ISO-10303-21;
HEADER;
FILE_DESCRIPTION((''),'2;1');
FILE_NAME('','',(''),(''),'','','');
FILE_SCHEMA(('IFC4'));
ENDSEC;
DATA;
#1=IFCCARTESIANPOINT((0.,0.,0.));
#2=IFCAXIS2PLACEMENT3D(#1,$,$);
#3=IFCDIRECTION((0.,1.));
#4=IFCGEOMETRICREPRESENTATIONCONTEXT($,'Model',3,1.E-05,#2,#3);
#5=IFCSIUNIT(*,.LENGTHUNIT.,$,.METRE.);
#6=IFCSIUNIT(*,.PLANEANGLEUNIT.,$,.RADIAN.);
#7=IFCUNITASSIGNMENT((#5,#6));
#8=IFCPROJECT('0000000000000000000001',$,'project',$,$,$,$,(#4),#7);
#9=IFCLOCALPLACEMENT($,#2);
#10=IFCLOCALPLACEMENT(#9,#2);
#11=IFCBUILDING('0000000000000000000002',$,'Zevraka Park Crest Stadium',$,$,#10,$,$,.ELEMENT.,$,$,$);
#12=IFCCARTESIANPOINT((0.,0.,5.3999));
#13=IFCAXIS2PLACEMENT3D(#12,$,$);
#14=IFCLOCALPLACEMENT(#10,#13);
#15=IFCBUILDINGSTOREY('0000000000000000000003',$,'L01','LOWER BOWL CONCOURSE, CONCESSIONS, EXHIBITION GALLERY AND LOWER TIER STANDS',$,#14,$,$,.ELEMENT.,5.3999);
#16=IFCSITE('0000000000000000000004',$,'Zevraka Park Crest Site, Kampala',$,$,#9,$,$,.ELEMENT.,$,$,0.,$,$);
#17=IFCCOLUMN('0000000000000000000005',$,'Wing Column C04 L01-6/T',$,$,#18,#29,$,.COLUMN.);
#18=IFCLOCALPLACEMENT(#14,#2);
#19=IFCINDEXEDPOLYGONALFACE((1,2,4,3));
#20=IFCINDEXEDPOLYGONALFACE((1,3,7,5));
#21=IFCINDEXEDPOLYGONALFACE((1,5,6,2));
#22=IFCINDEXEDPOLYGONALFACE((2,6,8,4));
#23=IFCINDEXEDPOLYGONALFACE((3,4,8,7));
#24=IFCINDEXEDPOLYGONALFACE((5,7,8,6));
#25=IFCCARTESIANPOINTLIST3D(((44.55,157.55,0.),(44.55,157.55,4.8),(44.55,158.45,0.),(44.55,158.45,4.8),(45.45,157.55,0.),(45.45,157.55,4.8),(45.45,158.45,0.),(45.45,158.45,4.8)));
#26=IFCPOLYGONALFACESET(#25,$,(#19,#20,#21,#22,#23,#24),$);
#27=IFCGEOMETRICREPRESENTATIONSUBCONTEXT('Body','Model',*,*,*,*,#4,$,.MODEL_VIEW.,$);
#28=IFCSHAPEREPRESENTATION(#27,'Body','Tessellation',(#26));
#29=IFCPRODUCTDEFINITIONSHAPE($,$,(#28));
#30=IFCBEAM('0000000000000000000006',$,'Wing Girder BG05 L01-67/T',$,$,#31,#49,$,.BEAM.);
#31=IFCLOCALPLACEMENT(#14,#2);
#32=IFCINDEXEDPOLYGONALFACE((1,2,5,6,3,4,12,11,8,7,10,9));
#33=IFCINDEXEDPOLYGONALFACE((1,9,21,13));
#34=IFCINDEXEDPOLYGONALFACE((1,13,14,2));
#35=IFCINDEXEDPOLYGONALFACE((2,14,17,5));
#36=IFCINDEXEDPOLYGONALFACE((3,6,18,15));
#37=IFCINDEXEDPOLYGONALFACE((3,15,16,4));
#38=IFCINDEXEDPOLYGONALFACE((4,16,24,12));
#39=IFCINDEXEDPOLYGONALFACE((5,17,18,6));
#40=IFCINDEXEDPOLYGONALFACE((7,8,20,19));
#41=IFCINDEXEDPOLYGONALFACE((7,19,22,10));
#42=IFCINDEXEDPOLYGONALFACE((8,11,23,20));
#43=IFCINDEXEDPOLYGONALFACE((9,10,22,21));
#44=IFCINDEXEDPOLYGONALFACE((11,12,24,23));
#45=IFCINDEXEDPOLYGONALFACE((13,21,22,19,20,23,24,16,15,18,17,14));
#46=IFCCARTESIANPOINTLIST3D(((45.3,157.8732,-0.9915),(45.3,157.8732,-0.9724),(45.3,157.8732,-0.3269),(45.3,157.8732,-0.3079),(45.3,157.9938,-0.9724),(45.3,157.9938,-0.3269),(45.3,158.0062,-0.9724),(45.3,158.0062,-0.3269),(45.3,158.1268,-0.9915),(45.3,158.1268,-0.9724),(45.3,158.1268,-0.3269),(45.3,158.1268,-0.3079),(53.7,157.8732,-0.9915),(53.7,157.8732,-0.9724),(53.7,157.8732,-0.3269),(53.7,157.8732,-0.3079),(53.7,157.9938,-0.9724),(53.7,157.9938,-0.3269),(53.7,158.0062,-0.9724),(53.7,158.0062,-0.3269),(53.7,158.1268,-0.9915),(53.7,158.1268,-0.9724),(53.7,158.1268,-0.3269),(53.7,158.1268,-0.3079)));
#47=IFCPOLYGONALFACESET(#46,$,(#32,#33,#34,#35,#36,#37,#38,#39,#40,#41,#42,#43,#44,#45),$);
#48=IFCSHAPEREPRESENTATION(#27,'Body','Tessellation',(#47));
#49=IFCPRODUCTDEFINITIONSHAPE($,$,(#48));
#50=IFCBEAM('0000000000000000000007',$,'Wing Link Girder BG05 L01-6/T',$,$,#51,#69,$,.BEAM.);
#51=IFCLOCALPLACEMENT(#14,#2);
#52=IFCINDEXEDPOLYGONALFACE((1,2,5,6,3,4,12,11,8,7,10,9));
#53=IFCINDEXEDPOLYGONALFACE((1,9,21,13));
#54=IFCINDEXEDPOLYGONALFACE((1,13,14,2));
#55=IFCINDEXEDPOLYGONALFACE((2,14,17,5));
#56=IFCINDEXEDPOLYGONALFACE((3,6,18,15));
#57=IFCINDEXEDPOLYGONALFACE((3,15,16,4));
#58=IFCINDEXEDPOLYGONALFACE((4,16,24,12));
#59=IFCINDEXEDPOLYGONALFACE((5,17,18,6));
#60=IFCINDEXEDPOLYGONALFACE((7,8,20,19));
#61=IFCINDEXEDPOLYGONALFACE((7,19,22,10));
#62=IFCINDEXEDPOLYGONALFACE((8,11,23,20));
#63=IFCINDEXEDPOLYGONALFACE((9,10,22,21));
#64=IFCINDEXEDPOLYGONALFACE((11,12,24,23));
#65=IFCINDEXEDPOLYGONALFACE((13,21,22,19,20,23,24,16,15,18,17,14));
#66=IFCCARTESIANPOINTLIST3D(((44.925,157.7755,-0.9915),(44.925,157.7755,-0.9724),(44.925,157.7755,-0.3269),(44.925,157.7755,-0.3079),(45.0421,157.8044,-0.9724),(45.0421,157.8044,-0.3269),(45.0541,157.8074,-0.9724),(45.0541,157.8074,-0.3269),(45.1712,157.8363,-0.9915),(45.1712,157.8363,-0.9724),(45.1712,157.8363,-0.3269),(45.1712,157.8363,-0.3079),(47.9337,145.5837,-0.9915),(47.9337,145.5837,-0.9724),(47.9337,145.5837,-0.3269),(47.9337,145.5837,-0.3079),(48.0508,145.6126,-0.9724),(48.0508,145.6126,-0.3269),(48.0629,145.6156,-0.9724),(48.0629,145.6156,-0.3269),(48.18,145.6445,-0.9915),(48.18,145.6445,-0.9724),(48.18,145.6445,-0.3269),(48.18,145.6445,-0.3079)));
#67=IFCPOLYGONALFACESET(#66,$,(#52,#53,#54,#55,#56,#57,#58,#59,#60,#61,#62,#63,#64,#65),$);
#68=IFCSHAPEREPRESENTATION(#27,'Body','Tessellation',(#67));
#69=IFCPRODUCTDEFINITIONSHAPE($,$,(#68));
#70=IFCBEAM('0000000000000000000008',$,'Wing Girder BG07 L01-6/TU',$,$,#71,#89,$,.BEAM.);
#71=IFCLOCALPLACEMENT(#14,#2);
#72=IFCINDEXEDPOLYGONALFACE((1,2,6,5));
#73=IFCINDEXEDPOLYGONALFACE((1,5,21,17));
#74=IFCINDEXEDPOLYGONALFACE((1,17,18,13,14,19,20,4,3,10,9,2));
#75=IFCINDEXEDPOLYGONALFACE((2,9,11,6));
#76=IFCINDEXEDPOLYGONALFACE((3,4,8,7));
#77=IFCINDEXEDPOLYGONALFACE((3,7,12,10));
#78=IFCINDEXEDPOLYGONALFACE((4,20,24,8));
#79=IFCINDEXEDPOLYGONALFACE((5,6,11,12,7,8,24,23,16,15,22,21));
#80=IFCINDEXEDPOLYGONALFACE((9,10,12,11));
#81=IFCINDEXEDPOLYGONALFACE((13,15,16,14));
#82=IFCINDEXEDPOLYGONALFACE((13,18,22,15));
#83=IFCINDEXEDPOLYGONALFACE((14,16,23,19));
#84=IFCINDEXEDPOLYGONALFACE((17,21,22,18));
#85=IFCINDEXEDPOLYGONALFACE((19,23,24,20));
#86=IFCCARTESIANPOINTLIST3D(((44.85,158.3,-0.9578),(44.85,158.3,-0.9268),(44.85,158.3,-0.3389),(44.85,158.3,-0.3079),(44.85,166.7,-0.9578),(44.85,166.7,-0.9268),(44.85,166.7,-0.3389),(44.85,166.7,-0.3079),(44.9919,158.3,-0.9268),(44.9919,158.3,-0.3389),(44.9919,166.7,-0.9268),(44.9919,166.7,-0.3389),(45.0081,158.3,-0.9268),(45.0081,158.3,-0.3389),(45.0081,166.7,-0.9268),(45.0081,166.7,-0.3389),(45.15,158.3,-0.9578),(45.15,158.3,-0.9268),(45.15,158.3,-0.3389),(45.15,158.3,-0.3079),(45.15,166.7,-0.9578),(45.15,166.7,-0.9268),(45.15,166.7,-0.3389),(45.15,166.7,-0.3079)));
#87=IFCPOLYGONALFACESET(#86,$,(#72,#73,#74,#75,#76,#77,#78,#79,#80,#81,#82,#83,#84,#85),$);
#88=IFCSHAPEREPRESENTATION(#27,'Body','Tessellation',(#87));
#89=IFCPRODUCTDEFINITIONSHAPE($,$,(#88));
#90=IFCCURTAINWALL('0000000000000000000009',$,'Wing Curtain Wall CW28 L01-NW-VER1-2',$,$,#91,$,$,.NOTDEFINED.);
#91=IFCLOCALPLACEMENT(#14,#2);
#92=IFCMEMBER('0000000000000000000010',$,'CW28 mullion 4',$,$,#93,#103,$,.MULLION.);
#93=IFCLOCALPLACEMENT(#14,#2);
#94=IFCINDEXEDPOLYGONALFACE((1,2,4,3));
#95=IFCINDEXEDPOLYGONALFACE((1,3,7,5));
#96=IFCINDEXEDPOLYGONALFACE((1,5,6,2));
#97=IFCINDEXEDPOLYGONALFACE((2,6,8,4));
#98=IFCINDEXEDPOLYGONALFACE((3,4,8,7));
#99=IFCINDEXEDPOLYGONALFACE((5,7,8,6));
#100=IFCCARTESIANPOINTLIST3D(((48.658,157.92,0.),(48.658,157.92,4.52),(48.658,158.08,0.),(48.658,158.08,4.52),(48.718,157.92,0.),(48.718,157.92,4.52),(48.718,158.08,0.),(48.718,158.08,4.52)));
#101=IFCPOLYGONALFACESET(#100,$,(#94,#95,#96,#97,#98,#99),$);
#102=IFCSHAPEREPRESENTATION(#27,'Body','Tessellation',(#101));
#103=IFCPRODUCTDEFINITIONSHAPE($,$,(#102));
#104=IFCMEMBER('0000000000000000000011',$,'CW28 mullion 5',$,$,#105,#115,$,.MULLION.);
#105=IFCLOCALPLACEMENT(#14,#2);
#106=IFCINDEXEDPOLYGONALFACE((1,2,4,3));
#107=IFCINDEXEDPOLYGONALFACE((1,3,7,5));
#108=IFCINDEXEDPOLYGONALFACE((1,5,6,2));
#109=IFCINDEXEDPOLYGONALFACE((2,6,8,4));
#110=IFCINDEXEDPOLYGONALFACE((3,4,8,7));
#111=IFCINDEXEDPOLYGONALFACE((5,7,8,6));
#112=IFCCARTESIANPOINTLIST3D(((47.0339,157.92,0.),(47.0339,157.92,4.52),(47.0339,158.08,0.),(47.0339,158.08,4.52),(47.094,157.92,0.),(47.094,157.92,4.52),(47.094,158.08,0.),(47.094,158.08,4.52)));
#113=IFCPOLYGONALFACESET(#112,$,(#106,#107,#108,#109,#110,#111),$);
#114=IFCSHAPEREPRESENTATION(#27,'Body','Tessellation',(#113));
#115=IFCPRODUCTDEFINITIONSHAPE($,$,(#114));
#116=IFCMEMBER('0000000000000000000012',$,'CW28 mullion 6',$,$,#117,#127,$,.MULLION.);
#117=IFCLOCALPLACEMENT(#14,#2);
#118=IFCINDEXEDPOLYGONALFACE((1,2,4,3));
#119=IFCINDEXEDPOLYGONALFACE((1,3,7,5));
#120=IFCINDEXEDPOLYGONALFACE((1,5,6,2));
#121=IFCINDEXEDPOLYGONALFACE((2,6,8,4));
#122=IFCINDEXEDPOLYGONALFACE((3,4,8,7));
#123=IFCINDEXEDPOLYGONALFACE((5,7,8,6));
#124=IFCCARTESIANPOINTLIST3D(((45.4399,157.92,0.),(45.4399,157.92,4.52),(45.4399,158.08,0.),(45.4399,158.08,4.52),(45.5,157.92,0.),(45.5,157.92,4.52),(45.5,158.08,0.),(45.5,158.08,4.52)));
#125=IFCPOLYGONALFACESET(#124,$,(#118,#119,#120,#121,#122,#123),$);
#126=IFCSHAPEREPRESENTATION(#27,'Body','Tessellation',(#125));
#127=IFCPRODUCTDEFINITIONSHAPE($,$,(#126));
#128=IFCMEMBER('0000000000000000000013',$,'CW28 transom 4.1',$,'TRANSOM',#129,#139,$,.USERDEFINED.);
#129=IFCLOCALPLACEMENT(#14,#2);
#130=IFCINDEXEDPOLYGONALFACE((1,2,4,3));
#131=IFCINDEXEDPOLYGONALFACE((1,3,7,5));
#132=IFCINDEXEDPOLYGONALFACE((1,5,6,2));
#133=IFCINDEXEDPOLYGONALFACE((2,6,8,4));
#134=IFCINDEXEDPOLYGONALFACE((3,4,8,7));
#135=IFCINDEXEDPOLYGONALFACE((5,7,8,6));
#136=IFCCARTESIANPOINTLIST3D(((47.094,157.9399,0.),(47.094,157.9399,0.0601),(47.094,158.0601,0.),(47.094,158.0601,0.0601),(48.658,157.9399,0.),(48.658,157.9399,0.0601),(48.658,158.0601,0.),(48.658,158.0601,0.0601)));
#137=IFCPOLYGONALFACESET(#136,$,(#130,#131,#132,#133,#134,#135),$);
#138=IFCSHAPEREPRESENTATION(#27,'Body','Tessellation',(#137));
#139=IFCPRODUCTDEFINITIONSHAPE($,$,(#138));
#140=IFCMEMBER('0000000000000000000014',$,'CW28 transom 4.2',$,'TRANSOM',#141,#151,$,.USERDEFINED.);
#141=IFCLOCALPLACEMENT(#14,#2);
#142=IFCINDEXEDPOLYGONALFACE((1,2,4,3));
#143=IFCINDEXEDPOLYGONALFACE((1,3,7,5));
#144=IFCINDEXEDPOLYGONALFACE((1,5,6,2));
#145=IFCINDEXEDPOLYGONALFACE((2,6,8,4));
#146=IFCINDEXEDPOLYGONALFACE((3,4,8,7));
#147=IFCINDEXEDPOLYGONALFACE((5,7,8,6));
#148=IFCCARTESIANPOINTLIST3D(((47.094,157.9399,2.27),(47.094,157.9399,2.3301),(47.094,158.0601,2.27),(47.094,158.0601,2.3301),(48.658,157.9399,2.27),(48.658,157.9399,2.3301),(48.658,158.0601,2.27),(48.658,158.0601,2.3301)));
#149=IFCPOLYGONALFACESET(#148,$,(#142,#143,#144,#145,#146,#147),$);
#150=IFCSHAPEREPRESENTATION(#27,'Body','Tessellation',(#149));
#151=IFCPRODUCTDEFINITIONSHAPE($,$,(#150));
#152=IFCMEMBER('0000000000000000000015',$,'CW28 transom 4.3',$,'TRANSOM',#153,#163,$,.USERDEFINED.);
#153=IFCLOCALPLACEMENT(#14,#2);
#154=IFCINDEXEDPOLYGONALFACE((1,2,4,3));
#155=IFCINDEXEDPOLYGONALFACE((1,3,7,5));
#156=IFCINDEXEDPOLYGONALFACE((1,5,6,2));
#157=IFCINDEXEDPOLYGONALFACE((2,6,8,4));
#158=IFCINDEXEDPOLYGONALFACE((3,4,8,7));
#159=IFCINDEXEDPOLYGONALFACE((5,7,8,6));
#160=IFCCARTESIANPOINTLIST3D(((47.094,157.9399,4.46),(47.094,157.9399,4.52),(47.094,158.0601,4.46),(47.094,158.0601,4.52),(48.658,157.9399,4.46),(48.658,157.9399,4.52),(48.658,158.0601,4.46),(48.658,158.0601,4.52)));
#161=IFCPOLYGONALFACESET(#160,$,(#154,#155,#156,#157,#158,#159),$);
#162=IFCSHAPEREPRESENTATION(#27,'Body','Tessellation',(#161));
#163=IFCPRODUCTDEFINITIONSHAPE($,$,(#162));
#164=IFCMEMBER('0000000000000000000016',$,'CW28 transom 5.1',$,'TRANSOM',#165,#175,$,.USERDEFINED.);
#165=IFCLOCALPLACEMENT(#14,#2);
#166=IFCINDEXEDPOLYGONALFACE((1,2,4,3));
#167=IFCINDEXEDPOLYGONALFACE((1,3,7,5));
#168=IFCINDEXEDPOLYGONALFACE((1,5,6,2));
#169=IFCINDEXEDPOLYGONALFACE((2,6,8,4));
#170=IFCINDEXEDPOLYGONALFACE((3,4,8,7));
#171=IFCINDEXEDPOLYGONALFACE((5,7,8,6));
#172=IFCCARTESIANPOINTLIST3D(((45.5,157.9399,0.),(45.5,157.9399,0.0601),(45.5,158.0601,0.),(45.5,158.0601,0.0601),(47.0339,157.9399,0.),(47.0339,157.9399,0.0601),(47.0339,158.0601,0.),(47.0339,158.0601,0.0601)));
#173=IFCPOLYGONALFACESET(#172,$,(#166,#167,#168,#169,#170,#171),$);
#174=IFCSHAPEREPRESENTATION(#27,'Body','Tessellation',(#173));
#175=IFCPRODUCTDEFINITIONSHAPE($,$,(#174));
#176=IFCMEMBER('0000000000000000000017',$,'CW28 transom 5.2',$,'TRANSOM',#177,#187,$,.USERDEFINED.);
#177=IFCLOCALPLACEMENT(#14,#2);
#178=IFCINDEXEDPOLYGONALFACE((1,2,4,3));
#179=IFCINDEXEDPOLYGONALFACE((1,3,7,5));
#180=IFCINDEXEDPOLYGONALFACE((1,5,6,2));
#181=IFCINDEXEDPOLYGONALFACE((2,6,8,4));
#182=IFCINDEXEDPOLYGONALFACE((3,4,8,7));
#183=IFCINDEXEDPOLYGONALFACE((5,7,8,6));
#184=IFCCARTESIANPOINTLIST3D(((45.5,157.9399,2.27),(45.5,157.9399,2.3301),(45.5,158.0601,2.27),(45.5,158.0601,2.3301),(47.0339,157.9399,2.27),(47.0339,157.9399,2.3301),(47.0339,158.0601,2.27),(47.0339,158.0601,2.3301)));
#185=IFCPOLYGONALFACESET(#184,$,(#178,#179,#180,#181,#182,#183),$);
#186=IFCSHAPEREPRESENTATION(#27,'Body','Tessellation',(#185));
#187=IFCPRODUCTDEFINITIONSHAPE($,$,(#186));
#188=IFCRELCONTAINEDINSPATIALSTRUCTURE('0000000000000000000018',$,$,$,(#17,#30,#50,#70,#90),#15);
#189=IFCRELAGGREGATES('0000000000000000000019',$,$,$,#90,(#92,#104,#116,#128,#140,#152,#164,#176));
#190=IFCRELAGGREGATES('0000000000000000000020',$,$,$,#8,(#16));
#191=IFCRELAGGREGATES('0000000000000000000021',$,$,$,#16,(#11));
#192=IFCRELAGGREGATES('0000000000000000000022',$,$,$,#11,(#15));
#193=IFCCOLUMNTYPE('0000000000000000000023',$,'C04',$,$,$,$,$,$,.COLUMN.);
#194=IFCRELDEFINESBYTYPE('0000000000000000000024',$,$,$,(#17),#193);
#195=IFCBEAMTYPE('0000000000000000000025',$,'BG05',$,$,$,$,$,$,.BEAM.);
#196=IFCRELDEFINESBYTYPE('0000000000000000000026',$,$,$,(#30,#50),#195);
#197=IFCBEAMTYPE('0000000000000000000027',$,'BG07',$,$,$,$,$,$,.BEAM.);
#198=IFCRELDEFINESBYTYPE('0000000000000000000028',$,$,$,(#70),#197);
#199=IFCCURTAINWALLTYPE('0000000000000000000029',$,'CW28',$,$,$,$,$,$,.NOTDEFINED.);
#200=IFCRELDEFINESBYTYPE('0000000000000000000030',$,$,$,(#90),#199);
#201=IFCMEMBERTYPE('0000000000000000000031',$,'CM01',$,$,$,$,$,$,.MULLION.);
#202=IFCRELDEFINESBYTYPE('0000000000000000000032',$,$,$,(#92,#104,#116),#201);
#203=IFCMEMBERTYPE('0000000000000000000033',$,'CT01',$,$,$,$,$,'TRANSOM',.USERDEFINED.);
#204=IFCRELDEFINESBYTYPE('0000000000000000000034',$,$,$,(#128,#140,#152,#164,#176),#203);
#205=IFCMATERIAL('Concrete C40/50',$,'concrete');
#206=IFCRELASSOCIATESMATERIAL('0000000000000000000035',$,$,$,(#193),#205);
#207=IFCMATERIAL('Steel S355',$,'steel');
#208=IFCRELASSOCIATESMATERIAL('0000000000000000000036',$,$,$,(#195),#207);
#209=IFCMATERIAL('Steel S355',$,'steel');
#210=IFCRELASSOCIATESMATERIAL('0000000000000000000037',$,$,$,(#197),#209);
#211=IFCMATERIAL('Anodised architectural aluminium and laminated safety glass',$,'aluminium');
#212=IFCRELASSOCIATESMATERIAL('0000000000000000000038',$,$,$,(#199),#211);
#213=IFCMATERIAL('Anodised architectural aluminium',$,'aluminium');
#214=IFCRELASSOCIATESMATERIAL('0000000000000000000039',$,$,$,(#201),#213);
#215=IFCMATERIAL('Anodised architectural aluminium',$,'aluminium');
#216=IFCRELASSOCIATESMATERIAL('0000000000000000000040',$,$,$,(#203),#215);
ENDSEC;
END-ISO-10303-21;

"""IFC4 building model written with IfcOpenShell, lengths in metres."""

from ifc_helpers import new_model, si_unit, direction, frame, origin, origin_2d, place, context, subcontext, project, spatial, rectangle, i_section, extrude, material, material_profile, profile_set, type_object, element, aggregate, save


model = new_model("IFC4")

# Units and contexts
model_context = context("Model", 3, precision=1e-05, world=origin(), true_north=direction((0.0, 1.0)))
body_context = subcontext(model_context, "Body", "Model", "MODEL_VIEW")
ifc_project = project(units=[si_unit("LENGTHUNIT", "METRE"), si_unit("PLANEANGLEUNIT", "RADIAN")], contexts=[model_context])

# Site, building, storey
site_placement = place(None, origin())
site = spatial("IfcSite", under=ifc_project, at=site_placement, Name="Zevraka Park Crest Site, Kampala", CompositionType="ELEMENT", RefElevation=0.0)
building_placement = place(site_placement, origin())
building = spatial("IfcBuilding", under=site, at=building_placement, Name="Zevraka Park Crest Stadium", CompositionType="ELEMENT")
storey_placement = place(building_placement, frame((0.0, 0.0, 5.3999)))
storey = spatial("IfcBuildingStorey", under=building, at=storey_placement, Name="L01", Description="LOWER BOWL CONCOURSE, CONCESSIONS, EXHIBITION GALLERY AND LOWER TIER STANDS", CompositionType="ELEMENT", Elevation=5.3999)

# Column
ifc_material_1 = material(Name="Concrete C40/50", Category="concrete")
ifc_material_profile_1 = material_profile(ifc_material_1, rectangle(XDim=0.8999, YDim=0.8999, at=origin_2d()), Name="RC 900x900")
ifc_profile_set_1 = profile_set([ifc_material_profile_1], Name="Concrete C40/50")
column_type = type_object("IfcColumnType", Name="C04", PredefinedType="COLUMN", material=ifc_profile_set_1)
column_placement = place(storey_placement, frame((45.0, 158.0, 0.0), z_axis=(0.0, 0.0, 1.0), x_axis=(1.0, 0.0, 0.0)))
element("IfcColumn", 1, at=column_placement, inside=storey, type_object=column_type, Name="Wing Column C04 L01-6/T", PredefinedType="COLUMN", context=body_context, shape_type="SweptSolid", body=[
    extrude(rectangle(XDim=0.8999, YDim=0.8999, at=origin_2d()), origin(), (0.0, 0.0, 1.0), 4.8),
])

# Beams
ifc_material_2 = material(Name="Steel S355", Category="steel")
ifc_material_profile_2 = material_profile(ifc_material_2, i_section(OverallWidth=0.2537, OverallDepth=0.6836, WebThickness=0.0125, FlangeThickness=0.019, at=origin_2d()), Name="UKB 686x254x140")
ifc_profile_set_2 = profile_set([ifc_material_profile_2], Name="Steel S355")
beam_type_1 = type_object("IfcBeamType", Name="BG05", PredefinedType="BEAM", material=ifc_profile_set_2)
beam_1_placement = place(storey_placement, frame((45.3, 158.0, -0.6497), z_axis=(1.0, 0.0, 0.0), x_axis=(0.0, 1.0, 0.0)))
element("IfcBeam", 2, at=beam_1_placement, inside=storey, type_object=beam_type_1, Name="Wing Girder BG05 L01-67/T", PredefinedType="BEAM", context=body_context, shape_type="SweptSolid", body=[
    extrude(i_section(OverallWidth=0.2537, OverallDepth=0.6836, WebThickness=0.0125, FlangeThickness=0.019, at=origin_2d()), origin(), (0.0, 0.0, 1.0), 8.3999),
])
beam_2_placement = place(storey_placement, frame((45.0481, 157.8059, -0.6497), z_axis=(0.239598, -0.970872, 0.0), x_axis=(0.970872, 0.239598, 0.0)))
element("IfcBeam", 3, at=beam_2_placement, inside=storey, type_object=beam_type_1, Name="Wing Link Girder BG05 L01-6/T", PredefinedType="BEAM", context=body_context, shape_type="SweptSolid", body=[
    extrude(i_section(OverallWidth=0.2537, OverallDepth=0.6836, WebThickness=0.0125, FlangeThickness=0.019, at=origin_2d()), origin(), (0.0, 0.0, 1.0), 12.5576),
])
ifc_material_3 = material(Name="Steel S355", Category="steel")
ifc_material_profile_3 = material_profile(ifc_material_3, i_section(OverallWidth=0.3, OverallDepth=0.6499, WebThickness=0.0161, FlangeThickness=0.031, at=origin_2d()), Name="HEB 650")
ifc_profile_set_3 = profile_set([ifc_material_profile_3], Name="Steel S355")
beam_type_2 = type_object("IfcBeamType", Name="BG07", PredefinedType="BEAM", material=ifc_profile_set_3)
beam_3_placement = place(storey_placement, frame((45.0, 158.3, -0.6328), z_axis=(0.0, 1.0, 0.0), x_axis=(-1.0, 0.0, 0.0)))
element("IfcBeam", 4, at=beam_3_placement, inside=storey, type_object=beam_type_2, Name="Wing Girder BG07 L01-6/TU", PredefinedType="BEAM", context=body_context, shape_type="SweptSolid", body=[
    extrude(i_section(OverallWidth=0.3, OverallDepth=0.6499, WebThickness=0.0161, FlangeThickness=0.031, at=origin_2d()), origin(), (0.0, 0.0, 1.0), 8.3999),
])

# Curtain wall, members
ifc_material_4 = material(Name="Anodised architectural aluminium and laminated safety glass", Category="aluminium")
curtain_wall_type = type_object("IfcCurtainWallType", Name="CW28", PredefinedType="NOTDEFINED", material=ifc_material_4)
curtain_wall_placement = place(storey_placement, origin())
curtain_wall = element("IfcCurtainWall", 5, at=curtain_wall_placement, inside=storey, type_object=curtain_wall_type, Name="Wing Curtain Wall CW28 L01-NW-VER1-2", PredefinedType="NOTDEFINED")
ifc_material_5 = material(Name="Anodised architectural aluminium", Category="aluminium")
ifc_material_profile_4 = material_profile(ifc_material_5, rectangle(XDim=0.1599, YDim=0.0601, at=origin_2d()), Name="ALU MULLION 160x60")
ifc_profile_set_4 = profile_set([ifc_material_profile_4], Name="Anodised architectural aluminium")
member_type_1 = type_object("IfcMemberType", Name="CM01", PredefinedType="MULLION", material=ifc_profile_set_4)
member_1_placement = place(storey_placement, frame((48.688, 158.0, 0.0), z_axis=(0.0, 0.0, 1.0), x_axis=(0.0, -1.0, 0.0)))
member_1 = element("IfcMember", 6, at=member_1_placement, type_object=member_type_1, Name="CW28 mullion 4", PredefinedType="MULLION", context=body_context, shape_type="SweptSolid", body=[
    extrude(rectangle(XDim=0.1599, YDim=0.0601, at=origin_2d()), origin(), (0.0, 0.0, 1.0), 4.52),
])
member_2_placement = place(storey_placement, frame((47.064, 158.0, 0.0), z_axis=(0.0, 0.0, 1.0), x_axis=(0.0, -1.0, 0.0)))
member_2 = element("IfcMember", 7, at=member_2_placement, type_object=member_type_1, Name="CW28 mullion 5", PredefinedType="MULLION", context=body_context, shape_type="SweptSolid", body=[
    extrude(rectangle(XDim=0.1599, YDim=0.0601, at=origin_2d()), origin(), (0.0, 0.0, 1.0), 4.52),
])
member_3_placement = place(storey_placement, frame((45.47, 158.0, 0.0), z_axis=(0.0, 0.0, 1.0), x_axis=(0.0, -1.0, 0.0)))
member_3 = element("IfcMember", 8, at=member_3_placement, type_object=member_type_1, Name="CW28 mullion 6", PredefinedType="MULLION", context=body_context, shape_type="SweptSolid", body=[
    extrude(rectangle(XDim=0.1599, YDim=0.0601, at=origin_2d()), origin(), (0.0, 0.0, 1.0), 4.52),
])
ifc_material_6 = material(Name="Anodised architectural aluminium", Category="aluminium")
ifc_material_profile_5 = material_profile(ifc_material_6, rectangle(XDim=0.1201, YDim=0.0601, at=origin_2d()), Name="ALU TRANSOM 120x60")
ifc_profile_set_5 = profile_set([ifc_material_profile_5], Name="Anodised architectural aluminium")
member_type_2 = type_object("IfcMemberType", Name="CT01", ElementType="TRANSOM", PredefinedType="USERDEFINED", material=ifc_profile_set_5)
member_4_placement = place(storey_placement, frame((48.658, 158.0, 0.03), z_axis=(-1.0, 0.0, 0.0), x_axis=(0.0, -1.0, 0.0)))
member_4 = element("IfcMember", 9, at=member_4_placement, type_object=member_type_2, Name="CW28 transom 4.1", ObjectType="TRANSOM", PredefinedType="USERDEFINED", context=body_context, shape_type="SweptSolid", body=[
    extrude(rectangle(XDim=0.1201, YDim=0.0601, at=origin_2d()), origin(), (0.0, 0.0, 1.0), 1.564),
])
member_5_placement = place(storey_placement, frame((48.658, 158.0, 2.3), z_axis=(-1.0, 0.0, 0.0), x_axis=(0.0, -1.0, 0.0)))
member_5 = element("IfcMember", 10, at=member_5_placement, type_object=member_type_2, Name="CW28 transom 4.2", ObjectType="TRANSOM", PredefinedType="USERDEFINED", context=body_context, shape_type="SweptSolid", body=[
    extrude(rectangle(XDim=0.1201, YDim=0.0601, at=origin_2d()), origin(), (0.0, 0.0, 1.0), 1.564),
])
member_6_placement = place(storey_placement, frame((48.658, 158.0, 4.49), z_axis=(-1.0, 0.0, 0.0), x_axis=(0.0, -1.0, 0.0)))
member_6 = element("IfcMember", 11, at=member_6_placement, type_object=member_type_2, Name="CW28 transom 4.3", ObjectType="TRANSOM", PredefinedType="USERDEFINED", context=body_context, shape_type="SweptSolid", body=[
    extrude(rectangle(XDim=0.1201, YDim=0.0601, at=origin_2d()), origin(), (0.0, 0.0, 1.0), 1.564),
])
member_7_placement = place(storey_placement, frame((47.0339, 158.0, 0.03), z_axis=(-1.0, 0.0, 0.0), x_axis=(0.0, -1.0, 0.0)))
member_7 = element("IfcMember", 12, at=member_7_placement, type_object=member_type_2, Name="CW28 transom 5.1", ObjectType="TRANSOM", PredefinedType="USERDEFINED", context=body_context, shape_type="SweptSolid", body=[
    extrude(rectangle(XDim=0.1201, YDim=0.0601, at=origin_2d()), origin(), (0.0, 0.0, 1.0), 1.5339),
])
member_8_placement = place(storey_placement, frame((47.0339, 158.0, 2.3), z_axis=(-1.0, 0.0, 0.0), x_axis=(0.0, -1.0, 0.0)))
member_8 = element("IfcMember", 13, at=member_8_placement, type_object=member_type_2, Name="CW28 transom 5.2", ObjectType="TRANSOM", PredefinedType="USERDEFINED", context=body_context, shape_type="SweptSolid", body=[
    extrude(rectangle(XDim=0.1201, YDim=0.0601, at=origin_2d()), origin(), (0.0, 0.0, 1.0), 1.5339),
])

aggregate(curtain_wall, [member_1, member_2, member_3, member_4, member_5, member_6, member_7, member_8])

save(model, "model.ifc")
